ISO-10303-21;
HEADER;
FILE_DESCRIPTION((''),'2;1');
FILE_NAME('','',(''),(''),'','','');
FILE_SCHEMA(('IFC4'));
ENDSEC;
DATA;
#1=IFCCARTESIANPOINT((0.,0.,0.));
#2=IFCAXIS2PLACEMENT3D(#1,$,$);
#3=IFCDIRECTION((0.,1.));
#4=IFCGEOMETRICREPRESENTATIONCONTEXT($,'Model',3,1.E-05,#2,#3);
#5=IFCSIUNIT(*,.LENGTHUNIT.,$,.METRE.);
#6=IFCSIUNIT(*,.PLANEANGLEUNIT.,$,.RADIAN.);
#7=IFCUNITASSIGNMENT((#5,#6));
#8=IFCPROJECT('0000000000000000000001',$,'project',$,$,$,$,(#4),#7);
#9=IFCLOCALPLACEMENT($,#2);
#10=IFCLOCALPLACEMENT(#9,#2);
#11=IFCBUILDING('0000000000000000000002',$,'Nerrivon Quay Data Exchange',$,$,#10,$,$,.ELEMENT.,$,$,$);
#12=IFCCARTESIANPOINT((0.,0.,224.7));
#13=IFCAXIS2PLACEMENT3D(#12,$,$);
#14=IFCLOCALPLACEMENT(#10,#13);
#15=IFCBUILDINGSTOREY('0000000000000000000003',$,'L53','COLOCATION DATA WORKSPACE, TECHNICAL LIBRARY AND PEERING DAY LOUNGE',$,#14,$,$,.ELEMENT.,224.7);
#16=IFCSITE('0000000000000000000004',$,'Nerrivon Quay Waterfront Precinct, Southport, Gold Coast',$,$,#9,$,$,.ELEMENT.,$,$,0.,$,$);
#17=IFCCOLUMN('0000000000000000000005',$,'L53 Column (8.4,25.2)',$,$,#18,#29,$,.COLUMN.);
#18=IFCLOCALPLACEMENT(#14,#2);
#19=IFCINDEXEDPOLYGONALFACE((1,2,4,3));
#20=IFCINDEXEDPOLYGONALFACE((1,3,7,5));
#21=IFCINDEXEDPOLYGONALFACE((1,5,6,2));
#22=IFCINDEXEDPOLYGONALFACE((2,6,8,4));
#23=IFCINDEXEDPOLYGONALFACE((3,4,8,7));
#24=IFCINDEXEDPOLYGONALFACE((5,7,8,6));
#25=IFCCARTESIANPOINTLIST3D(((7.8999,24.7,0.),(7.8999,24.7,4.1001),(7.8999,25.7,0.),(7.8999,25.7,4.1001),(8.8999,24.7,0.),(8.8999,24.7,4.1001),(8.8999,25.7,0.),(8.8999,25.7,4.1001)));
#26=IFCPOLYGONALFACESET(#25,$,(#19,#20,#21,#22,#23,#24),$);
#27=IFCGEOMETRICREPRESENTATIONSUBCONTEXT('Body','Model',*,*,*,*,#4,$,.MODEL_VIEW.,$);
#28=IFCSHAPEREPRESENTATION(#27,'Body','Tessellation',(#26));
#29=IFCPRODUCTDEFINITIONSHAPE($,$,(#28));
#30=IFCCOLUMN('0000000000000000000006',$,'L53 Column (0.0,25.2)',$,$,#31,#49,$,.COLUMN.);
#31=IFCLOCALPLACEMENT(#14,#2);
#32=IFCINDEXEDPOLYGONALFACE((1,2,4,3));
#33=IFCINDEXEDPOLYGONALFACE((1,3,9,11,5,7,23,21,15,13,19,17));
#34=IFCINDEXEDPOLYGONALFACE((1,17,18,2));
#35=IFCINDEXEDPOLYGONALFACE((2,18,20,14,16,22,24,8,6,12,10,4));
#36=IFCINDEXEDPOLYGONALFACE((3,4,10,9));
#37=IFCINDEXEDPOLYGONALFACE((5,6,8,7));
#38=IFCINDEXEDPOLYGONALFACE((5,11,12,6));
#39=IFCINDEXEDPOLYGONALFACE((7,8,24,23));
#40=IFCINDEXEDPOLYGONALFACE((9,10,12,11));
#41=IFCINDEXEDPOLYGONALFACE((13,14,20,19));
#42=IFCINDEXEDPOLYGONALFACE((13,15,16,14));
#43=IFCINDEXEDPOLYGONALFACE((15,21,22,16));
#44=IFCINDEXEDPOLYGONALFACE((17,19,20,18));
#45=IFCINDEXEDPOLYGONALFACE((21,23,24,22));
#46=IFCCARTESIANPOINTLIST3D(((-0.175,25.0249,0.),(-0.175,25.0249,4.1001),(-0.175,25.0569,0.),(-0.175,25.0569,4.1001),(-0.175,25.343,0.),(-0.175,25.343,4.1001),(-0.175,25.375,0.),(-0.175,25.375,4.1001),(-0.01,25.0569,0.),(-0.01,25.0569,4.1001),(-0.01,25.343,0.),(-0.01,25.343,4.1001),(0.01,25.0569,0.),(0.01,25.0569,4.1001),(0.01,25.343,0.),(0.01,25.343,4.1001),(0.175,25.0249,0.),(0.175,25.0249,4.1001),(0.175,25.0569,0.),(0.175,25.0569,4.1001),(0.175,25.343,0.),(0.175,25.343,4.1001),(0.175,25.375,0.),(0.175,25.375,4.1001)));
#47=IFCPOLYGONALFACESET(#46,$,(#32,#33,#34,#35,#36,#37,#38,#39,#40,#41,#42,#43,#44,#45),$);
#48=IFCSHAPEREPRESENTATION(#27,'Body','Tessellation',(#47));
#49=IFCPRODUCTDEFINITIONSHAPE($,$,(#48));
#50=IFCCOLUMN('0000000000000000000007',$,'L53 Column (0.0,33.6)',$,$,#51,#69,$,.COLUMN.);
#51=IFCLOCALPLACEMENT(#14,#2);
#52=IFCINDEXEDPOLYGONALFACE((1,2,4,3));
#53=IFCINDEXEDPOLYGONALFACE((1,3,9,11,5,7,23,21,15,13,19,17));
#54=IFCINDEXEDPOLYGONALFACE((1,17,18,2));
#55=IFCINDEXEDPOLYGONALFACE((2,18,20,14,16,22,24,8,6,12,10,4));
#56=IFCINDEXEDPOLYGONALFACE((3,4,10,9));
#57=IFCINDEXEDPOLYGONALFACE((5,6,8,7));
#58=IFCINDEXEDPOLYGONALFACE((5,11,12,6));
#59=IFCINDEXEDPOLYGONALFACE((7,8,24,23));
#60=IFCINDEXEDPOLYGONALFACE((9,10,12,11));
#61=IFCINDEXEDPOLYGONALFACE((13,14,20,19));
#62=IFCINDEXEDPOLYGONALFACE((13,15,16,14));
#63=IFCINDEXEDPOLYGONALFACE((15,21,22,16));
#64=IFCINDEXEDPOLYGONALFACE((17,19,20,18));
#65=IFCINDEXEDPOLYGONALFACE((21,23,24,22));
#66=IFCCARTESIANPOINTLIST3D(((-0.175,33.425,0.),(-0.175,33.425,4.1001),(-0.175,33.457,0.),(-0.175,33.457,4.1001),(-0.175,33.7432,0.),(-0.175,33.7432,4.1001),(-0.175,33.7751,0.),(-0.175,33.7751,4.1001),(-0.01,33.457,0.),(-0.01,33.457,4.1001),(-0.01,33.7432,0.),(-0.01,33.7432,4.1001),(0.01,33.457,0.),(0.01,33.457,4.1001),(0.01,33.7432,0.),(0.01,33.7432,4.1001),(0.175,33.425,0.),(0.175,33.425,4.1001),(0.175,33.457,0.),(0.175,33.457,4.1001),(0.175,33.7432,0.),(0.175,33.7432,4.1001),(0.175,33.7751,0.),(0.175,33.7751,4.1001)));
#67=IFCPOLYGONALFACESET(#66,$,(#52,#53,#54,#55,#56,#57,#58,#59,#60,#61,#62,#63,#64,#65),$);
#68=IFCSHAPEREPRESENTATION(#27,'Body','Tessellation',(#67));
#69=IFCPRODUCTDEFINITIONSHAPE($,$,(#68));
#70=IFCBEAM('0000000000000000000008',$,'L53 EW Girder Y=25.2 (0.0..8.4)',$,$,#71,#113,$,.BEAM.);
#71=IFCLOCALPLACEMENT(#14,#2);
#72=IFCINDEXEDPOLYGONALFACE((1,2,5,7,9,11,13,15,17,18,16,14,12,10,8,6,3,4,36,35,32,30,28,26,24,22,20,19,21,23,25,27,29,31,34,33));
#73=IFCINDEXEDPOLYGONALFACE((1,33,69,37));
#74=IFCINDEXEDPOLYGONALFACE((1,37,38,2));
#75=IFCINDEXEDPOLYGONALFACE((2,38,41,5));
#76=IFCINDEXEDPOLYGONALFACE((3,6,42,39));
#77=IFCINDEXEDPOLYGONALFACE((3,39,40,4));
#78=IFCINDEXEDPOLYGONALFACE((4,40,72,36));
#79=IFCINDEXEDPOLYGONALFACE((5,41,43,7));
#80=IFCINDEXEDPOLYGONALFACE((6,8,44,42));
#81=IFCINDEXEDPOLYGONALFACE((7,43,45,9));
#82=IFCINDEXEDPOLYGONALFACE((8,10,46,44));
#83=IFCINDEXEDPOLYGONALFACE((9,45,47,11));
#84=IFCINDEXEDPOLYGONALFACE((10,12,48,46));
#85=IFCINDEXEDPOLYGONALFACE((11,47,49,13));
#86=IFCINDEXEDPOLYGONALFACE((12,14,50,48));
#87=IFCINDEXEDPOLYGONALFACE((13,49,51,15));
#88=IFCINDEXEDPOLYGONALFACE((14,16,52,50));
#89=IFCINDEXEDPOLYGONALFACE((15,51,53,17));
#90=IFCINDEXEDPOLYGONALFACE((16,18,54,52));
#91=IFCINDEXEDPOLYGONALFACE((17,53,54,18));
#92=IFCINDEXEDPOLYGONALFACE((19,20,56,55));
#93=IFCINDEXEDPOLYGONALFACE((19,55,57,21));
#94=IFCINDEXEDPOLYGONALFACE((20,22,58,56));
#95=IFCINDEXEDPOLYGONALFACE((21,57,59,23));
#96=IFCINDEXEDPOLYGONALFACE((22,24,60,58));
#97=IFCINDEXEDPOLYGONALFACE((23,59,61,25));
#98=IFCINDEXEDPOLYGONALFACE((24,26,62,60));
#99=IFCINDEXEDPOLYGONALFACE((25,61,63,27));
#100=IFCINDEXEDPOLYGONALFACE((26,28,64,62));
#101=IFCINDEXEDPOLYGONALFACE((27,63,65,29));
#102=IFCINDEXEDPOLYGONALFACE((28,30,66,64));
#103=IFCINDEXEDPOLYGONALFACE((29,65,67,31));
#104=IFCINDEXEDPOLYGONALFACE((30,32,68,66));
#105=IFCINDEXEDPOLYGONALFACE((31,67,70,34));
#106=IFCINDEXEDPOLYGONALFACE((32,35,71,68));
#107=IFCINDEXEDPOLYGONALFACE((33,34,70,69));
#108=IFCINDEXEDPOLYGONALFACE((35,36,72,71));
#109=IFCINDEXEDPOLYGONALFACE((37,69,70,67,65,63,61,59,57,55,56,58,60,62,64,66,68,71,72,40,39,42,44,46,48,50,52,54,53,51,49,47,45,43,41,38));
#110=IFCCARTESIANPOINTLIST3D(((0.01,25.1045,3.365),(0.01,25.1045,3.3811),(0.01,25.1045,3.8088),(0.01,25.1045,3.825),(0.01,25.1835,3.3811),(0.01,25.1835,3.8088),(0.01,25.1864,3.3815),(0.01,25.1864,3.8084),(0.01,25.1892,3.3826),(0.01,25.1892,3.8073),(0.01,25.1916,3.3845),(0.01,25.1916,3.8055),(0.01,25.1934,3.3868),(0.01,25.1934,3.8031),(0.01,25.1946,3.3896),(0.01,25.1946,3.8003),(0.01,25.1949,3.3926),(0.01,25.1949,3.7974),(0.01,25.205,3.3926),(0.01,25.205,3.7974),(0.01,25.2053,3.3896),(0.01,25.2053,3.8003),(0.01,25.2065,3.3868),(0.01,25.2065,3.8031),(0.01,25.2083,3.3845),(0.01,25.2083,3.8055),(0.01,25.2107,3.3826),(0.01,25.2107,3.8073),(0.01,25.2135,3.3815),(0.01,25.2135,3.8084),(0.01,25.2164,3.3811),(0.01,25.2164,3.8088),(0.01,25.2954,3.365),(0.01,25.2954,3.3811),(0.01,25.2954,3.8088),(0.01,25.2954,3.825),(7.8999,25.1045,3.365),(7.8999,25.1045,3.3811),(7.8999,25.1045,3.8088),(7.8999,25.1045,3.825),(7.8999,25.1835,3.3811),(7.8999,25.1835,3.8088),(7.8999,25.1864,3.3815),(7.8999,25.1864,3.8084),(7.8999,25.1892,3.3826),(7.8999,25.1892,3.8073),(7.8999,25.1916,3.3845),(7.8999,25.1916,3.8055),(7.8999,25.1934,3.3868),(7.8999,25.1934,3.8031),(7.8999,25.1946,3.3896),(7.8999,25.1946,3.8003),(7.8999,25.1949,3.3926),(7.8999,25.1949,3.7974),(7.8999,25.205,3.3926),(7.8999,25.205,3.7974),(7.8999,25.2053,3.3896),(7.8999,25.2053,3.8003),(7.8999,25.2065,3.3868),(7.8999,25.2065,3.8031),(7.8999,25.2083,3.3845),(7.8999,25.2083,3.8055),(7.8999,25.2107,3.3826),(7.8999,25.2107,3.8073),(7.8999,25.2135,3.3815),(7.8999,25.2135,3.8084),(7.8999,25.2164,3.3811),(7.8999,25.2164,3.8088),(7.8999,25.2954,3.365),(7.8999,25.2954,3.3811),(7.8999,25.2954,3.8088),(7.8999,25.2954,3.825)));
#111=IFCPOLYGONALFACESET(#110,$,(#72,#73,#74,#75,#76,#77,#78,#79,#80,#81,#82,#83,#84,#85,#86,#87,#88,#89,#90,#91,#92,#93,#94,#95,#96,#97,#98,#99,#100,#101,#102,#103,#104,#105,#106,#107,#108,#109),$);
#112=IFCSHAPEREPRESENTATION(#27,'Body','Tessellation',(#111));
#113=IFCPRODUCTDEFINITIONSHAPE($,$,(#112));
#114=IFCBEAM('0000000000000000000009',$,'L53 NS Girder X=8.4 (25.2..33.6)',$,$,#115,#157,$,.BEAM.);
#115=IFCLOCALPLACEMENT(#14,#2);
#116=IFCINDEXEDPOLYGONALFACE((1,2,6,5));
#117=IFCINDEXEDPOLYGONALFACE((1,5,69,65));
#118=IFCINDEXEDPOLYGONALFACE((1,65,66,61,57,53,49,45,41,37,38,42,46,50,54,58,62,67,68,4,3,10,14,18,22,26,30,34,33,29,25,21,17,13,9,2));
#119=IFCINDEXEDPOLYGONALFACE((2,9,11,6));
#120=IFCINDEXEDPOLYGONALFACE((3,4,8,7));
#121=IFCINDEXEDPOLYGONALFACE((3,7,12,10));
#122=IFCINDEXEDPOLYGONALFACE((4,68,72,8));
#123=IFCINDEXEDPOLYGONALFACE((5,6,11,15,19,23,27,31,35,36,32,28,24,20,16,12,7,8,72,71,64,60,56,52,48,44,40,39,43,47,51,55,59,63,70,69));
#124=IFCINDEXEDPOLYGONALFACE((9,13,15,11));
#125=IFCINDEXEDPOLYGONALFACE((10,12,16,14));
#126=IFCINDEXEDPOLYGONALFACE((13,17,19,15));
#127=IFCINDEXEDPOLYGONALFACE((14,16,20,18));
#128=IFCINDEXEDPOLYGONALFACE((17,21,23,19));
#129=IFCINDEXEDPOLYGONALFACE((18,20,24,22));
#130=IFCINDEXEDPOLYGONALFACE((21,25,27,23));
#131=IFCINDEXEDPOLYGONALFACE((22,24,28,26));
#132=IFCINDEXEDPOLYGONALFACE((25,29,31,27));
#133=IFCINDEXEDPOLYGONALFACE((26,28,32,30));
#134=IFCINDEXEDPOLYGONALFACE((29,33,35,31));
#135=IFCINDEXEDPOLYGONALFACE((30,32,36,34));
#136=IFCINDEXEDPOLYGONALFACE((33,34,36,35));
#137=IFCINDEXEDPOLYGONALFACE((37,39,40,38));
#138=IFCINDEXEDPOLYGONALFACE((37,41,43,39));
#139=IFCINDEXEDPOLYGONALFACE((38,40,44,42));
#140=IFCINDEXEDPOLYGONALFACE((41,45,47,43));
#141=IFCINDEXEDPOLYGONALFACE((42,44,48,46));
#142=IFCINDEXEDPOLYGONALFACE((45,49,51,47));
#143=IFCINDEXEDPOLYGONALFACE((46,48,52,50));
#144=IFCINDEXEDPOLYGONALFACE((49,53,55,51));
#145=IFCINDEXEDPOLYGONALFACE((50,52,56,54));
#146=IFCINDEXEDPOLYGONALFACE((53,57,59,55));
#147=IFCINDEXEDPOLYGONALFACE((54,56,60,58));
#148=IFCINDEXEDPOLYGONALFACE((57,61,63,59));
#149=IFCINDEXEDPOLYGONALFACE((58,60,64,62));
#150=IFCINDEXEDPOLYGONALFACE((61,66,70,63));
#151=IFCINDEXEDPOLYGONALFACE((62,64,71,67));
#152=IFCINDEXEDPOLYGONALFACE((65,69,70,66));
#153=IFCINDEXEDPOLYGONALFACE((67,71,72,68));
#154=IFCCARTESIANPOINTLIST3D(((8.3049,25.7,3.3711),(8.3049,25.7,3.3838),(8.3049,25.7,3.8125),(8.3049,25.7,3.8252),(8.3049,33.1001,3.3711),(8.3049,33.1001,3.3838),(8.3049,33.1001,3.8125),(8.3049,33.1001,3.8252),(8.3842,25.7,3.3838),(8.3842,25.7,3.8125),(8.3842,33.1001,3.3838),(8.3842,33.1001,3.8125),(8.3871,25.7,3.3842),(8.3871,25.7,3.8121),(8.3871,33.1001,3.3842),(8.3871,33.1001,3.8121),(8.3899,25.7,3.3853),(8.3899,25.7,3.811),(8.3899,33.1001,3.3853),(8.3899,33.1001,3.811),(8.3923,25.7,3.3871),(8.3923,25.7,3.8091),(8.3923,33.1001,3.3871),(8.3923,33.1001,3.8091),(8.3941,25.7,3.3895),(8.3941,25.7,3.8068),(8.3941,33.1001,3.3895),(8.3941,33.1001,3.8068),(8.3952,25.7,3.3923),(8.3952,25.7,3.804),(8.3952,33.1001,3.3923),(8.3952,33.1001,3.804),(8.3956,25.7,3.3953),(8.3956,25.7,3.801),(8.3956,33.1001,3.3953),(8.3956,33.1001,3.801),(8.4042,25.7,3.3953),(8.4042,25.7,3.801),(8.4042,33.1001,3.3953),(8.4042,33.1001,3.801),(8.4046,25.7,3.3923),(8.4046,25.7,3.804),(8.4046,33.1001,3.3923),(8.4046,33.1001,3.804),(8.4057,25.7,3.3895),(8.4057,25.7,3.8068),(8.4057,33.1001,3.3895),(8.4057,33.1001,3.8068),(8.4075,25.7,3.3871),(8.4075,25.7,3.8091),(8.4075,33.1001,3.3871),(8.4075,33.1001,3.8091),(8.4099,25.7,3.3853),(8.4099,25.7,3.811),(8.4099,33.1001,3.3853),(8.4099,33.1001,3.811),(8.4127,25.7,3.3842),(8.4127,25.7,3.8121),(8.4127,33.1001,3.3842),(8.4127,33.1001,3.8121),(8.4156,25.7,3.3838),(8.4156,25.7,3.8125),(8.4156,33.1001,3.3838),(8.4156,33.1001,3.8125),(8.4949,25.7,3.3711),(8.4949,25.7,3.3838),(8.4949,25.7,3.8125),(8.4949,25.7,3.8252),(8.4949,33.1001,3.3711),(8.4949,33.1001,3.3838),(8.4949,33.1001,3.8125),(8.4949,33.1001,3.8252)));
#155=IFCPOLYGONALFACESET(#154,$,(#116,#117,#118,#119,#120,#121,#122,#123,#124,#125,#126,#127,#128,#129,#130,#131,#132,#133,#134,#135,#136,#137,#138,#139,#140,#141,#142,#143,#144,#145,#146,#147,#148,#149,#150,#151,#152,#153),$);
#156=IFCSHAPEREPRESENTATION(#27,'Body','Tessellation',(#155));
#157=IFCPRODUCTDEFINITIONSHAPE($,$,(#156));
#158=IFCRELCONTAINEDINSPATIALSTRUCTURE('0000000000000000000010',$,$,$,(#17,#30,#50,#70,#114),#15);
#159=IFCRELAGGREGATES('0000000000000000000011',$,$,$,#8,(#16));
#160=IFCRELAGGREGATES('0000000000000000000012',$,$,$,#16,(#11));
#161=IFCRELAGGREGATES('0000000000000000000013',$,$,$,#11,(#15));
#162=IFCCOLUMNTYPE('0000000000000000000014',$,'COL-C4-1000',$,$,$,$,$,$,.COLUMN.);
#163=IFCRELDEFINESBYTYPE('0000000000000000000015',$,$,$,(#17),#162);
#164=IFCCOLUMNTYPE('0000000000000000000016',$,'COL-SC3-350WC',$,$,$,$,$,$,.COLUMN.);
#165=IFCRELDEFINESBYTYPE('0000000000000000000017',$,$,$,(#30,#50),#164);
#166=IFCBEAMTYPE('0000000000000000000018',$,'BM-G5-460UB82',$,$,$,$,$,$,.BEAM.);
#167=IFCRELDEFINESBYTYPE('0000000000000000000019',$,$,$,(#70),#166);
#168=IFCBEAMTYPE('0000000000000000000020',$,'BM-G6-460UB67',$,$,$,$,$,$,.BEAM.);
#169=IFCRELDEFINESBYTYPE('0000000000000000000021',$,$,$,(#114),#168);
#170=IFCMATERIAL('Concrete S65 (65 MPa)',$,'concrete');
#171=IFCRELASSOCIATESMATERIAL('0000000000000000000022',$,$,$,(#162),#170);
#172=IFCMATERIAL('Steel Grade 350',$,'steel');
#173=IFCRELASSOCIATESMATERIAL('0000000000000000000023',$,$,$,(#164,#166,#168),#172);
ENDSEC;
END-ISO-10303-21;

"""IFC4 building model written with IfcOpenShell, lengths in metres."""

from ifc_helpers import new_model, si_unit, direction, frame, origin, origin_2d, place, context, subcontext, project, spatial, rectangle, i_section, extrude, material, material_profile, profile_set, type_object, element, save


model = new_model("IFC4")

# Units and contexts
model_context = context("Model", 3, precision=1e-05, world=origin(), true_north=direction((0.0, 1.0)))
body_context = subcontext(model_context, "Body", "Model", "MODEL_VIEW")
ifc_project = project(units=[si_unit("LENGTHUNIT", "METRE"), si_unit("PLANEANGLEUNIT", "RADIAN")], contexts=[model_context])

# Site, building, storey
site_placement = place(None, origin())
site = spatial("IfcSite", under=ifc_project, at=site_placement, Name="Nerrivon Quay Waterfront Precinct, Southport, Gold Coast", CompositionType="ELEMENT", RefElevation=0.0)
building_placement = place(site_placement, origin())
building = spatial("IfcBuilding", under=site, at=building_placement, Name="Nerrivon Quay Data Exchange", CompositionType="ELEMENT")
storey_placement = place(building_placement, frame((0.0, 0.0, 224.7)))
storey = spatial("IfcBuildingStorey", under=building, at=storey_placement, Name="L53", Description="COLOCATION DATA WORKSPACE, TECHNICAL LIBRARY AND PEERING DAY LOUNGE", CompositionType="ELEMENT", Elevation=224.7)

# Columns
ifc_material_1 = material(Name="Concrete S65 (65 MPa)", Category="concrete")
ifc_material_profile_1 = material_profile(ifc_material_1, rectangle(XDim=1.0, YDim=1.0, at=origin_2d()), Name="RC-COL-1000x1000")
ifc_profile_set_1 = profile_set([ifc_material_profile_1], Name="Concrete S65 (65 MPa)")
column_type_1 = type_object("IfcColumnType", Name="COL-C4-1000", PredefinedType="COLUMN", material=ifc_profile_set_1)
column_placement = place(storey_placement, frame((8.3999, 25.2, 0.0), z_axis=(0.0, 0.0, 1.0), x_axis=(1.0, 0.0, 0.0)))
element("IfcColumn", 1, at=column_placement, inside=storey, type_object=column_type_1, Name="L53 Column (8.4,25.2)", PredefinedType="COLUMN", context=body_context, shape_type="SweptSolid", body=[
    extrude(rectangle(XDim=1.0, YDim=1.0, at=origin_2d()), origin(), (0.0, 0.0, 1.0), 4.1001),
])
ifc_material_2 = material(Name="Steel Grade 350", Category="steel")
ifc_material_profile_2 = material_profile(ifc_material_2, i_section(OverallWidth=0.3501, OverallDepth=0.3501, WebThickness=0.02, FlangeThickness=0.032, at=origin_2d()), Name="350WC230")
ifc_profile_set_2 = profile_set([ifc_material_profile_2], Name="Steel Grade 350")
column_type_2 = type_object("IfcColumnType", Name="COL-SC3-350WC", PredefinedType="COLUMN", material=ifc_profile_set_2)
for number, where, z_axis, x_axis, name in (
    (2, (0.0, 25.2, 0.0), (0.0, 0.0, 1.0), (1.0, 0.0, 0.0), "L53 Column (0.0,25.2)"),
    (3, (0.0, 33.6001, 0.0), (0.0, 0.0, 1.0), (1.0, 0.0, 0.0), "L53 Column (0.0,33.6)"),
):
    element("IfcColumn", number, at=place(storey_placement, frame(where, z_axis=z_axis, x_axis=x_axis)), inside=storey, type_object=column_type_2, Name=name, PredefinedType="COLUMN", context=body_context, shape_type="SweptSolid", body=[
        extrude(i_section(OverallWidth=0.3501, OverallDepth=0.3501, WebThickness=0.02, FlangeThickness=0.032, at=origin_2d()), origin(), (0.0, 0.0, 1.0), 4.1001),
    ])

# Beams
ifc_material_profile_3 = material_profile(ifc_material_2, i_section(OverallWidth=0.1909, OverallDepth=0.46, WebThickness=0.01, FlangeThickness=0.0161, FilletRadius=0.0115, at=origin_2d()), Name="460UB82.1")
ifc_profile_set_3 = profile_set([ifc_material_profile_3], Name="Steel Grade 350")
beam_type_1 = type_object("IfcBeamType", Name="BM-G5-460UB82", PredefinedType="BEAM", material=ifc_profile_set_3)
beam_1_placement = place(storey_placement, frame((0.01, 25.2, 3.595), z_axis=(1.0, 0.0, 0.0), x_axis=(0.0, 1.0, 0.0)))
element("IfcBeam", 4, at=beam_1_placement, inside=storey, type_object=beam_type_1, Name="L53 EW Girder Y=25.2 (0.0..8.4)", PredefinedType="BEAM", context=body_context, shape_type="SweptSolid", body=[
    extrude(i_section(OverallWidth=0.1909, OverallDepth=0.46, WebThickness=0.01, FlangeThickness=0.0161, FilletRadius=0.0115, at=origin_2d()), origin(), (0.0, 0.0, 1.0), 7.8899),
])
ifc_material_profile_4 = material_profile(ifc_material_2, i_section(OverallWidth=0.1899, OverallDepth=0.4541, WebThickness=0.0085, FlangeThickness=0.0127, FilletRadius=0.0115, at=origin_2d()), Name="460UB67.1")
ifc_profile_set_4 = profile_set([ifc_material_profile_4], Name="Steel Grade 350")
beam_type_2 = type_object("IfcBeamType", Name="BM-G6-460UB67", PredefinedType="BEAM", material=ifc_profile_set_4)
beam_2_placement = place(storey_placement, frame((8.3999, 25.7, 3.5981), z_axis=(0.0, 1.0, 0.0), x_axis=(-1.0, 0.0, 0.0)))
element("IfcBeam", 5, at=beam_2_placement, inside=storey, type_object=beam_type_2, Name="L53 NS Girder X=8.4 (25.2..33.6)", PredefinedType="BEAM", context=body_context, shape_type="SweptSolid", body=[
    extrude(i_section(OverallWidth=0.1899, OverallDepth=0.4541, WebThickness=0.0085, FlangeThickness=0.0127, FilletRadius=0.0115, at=origin_2d()), origin(), (0.0, 0.0, 1.0), 7.4001),
])

save(model, "model.ifc")
